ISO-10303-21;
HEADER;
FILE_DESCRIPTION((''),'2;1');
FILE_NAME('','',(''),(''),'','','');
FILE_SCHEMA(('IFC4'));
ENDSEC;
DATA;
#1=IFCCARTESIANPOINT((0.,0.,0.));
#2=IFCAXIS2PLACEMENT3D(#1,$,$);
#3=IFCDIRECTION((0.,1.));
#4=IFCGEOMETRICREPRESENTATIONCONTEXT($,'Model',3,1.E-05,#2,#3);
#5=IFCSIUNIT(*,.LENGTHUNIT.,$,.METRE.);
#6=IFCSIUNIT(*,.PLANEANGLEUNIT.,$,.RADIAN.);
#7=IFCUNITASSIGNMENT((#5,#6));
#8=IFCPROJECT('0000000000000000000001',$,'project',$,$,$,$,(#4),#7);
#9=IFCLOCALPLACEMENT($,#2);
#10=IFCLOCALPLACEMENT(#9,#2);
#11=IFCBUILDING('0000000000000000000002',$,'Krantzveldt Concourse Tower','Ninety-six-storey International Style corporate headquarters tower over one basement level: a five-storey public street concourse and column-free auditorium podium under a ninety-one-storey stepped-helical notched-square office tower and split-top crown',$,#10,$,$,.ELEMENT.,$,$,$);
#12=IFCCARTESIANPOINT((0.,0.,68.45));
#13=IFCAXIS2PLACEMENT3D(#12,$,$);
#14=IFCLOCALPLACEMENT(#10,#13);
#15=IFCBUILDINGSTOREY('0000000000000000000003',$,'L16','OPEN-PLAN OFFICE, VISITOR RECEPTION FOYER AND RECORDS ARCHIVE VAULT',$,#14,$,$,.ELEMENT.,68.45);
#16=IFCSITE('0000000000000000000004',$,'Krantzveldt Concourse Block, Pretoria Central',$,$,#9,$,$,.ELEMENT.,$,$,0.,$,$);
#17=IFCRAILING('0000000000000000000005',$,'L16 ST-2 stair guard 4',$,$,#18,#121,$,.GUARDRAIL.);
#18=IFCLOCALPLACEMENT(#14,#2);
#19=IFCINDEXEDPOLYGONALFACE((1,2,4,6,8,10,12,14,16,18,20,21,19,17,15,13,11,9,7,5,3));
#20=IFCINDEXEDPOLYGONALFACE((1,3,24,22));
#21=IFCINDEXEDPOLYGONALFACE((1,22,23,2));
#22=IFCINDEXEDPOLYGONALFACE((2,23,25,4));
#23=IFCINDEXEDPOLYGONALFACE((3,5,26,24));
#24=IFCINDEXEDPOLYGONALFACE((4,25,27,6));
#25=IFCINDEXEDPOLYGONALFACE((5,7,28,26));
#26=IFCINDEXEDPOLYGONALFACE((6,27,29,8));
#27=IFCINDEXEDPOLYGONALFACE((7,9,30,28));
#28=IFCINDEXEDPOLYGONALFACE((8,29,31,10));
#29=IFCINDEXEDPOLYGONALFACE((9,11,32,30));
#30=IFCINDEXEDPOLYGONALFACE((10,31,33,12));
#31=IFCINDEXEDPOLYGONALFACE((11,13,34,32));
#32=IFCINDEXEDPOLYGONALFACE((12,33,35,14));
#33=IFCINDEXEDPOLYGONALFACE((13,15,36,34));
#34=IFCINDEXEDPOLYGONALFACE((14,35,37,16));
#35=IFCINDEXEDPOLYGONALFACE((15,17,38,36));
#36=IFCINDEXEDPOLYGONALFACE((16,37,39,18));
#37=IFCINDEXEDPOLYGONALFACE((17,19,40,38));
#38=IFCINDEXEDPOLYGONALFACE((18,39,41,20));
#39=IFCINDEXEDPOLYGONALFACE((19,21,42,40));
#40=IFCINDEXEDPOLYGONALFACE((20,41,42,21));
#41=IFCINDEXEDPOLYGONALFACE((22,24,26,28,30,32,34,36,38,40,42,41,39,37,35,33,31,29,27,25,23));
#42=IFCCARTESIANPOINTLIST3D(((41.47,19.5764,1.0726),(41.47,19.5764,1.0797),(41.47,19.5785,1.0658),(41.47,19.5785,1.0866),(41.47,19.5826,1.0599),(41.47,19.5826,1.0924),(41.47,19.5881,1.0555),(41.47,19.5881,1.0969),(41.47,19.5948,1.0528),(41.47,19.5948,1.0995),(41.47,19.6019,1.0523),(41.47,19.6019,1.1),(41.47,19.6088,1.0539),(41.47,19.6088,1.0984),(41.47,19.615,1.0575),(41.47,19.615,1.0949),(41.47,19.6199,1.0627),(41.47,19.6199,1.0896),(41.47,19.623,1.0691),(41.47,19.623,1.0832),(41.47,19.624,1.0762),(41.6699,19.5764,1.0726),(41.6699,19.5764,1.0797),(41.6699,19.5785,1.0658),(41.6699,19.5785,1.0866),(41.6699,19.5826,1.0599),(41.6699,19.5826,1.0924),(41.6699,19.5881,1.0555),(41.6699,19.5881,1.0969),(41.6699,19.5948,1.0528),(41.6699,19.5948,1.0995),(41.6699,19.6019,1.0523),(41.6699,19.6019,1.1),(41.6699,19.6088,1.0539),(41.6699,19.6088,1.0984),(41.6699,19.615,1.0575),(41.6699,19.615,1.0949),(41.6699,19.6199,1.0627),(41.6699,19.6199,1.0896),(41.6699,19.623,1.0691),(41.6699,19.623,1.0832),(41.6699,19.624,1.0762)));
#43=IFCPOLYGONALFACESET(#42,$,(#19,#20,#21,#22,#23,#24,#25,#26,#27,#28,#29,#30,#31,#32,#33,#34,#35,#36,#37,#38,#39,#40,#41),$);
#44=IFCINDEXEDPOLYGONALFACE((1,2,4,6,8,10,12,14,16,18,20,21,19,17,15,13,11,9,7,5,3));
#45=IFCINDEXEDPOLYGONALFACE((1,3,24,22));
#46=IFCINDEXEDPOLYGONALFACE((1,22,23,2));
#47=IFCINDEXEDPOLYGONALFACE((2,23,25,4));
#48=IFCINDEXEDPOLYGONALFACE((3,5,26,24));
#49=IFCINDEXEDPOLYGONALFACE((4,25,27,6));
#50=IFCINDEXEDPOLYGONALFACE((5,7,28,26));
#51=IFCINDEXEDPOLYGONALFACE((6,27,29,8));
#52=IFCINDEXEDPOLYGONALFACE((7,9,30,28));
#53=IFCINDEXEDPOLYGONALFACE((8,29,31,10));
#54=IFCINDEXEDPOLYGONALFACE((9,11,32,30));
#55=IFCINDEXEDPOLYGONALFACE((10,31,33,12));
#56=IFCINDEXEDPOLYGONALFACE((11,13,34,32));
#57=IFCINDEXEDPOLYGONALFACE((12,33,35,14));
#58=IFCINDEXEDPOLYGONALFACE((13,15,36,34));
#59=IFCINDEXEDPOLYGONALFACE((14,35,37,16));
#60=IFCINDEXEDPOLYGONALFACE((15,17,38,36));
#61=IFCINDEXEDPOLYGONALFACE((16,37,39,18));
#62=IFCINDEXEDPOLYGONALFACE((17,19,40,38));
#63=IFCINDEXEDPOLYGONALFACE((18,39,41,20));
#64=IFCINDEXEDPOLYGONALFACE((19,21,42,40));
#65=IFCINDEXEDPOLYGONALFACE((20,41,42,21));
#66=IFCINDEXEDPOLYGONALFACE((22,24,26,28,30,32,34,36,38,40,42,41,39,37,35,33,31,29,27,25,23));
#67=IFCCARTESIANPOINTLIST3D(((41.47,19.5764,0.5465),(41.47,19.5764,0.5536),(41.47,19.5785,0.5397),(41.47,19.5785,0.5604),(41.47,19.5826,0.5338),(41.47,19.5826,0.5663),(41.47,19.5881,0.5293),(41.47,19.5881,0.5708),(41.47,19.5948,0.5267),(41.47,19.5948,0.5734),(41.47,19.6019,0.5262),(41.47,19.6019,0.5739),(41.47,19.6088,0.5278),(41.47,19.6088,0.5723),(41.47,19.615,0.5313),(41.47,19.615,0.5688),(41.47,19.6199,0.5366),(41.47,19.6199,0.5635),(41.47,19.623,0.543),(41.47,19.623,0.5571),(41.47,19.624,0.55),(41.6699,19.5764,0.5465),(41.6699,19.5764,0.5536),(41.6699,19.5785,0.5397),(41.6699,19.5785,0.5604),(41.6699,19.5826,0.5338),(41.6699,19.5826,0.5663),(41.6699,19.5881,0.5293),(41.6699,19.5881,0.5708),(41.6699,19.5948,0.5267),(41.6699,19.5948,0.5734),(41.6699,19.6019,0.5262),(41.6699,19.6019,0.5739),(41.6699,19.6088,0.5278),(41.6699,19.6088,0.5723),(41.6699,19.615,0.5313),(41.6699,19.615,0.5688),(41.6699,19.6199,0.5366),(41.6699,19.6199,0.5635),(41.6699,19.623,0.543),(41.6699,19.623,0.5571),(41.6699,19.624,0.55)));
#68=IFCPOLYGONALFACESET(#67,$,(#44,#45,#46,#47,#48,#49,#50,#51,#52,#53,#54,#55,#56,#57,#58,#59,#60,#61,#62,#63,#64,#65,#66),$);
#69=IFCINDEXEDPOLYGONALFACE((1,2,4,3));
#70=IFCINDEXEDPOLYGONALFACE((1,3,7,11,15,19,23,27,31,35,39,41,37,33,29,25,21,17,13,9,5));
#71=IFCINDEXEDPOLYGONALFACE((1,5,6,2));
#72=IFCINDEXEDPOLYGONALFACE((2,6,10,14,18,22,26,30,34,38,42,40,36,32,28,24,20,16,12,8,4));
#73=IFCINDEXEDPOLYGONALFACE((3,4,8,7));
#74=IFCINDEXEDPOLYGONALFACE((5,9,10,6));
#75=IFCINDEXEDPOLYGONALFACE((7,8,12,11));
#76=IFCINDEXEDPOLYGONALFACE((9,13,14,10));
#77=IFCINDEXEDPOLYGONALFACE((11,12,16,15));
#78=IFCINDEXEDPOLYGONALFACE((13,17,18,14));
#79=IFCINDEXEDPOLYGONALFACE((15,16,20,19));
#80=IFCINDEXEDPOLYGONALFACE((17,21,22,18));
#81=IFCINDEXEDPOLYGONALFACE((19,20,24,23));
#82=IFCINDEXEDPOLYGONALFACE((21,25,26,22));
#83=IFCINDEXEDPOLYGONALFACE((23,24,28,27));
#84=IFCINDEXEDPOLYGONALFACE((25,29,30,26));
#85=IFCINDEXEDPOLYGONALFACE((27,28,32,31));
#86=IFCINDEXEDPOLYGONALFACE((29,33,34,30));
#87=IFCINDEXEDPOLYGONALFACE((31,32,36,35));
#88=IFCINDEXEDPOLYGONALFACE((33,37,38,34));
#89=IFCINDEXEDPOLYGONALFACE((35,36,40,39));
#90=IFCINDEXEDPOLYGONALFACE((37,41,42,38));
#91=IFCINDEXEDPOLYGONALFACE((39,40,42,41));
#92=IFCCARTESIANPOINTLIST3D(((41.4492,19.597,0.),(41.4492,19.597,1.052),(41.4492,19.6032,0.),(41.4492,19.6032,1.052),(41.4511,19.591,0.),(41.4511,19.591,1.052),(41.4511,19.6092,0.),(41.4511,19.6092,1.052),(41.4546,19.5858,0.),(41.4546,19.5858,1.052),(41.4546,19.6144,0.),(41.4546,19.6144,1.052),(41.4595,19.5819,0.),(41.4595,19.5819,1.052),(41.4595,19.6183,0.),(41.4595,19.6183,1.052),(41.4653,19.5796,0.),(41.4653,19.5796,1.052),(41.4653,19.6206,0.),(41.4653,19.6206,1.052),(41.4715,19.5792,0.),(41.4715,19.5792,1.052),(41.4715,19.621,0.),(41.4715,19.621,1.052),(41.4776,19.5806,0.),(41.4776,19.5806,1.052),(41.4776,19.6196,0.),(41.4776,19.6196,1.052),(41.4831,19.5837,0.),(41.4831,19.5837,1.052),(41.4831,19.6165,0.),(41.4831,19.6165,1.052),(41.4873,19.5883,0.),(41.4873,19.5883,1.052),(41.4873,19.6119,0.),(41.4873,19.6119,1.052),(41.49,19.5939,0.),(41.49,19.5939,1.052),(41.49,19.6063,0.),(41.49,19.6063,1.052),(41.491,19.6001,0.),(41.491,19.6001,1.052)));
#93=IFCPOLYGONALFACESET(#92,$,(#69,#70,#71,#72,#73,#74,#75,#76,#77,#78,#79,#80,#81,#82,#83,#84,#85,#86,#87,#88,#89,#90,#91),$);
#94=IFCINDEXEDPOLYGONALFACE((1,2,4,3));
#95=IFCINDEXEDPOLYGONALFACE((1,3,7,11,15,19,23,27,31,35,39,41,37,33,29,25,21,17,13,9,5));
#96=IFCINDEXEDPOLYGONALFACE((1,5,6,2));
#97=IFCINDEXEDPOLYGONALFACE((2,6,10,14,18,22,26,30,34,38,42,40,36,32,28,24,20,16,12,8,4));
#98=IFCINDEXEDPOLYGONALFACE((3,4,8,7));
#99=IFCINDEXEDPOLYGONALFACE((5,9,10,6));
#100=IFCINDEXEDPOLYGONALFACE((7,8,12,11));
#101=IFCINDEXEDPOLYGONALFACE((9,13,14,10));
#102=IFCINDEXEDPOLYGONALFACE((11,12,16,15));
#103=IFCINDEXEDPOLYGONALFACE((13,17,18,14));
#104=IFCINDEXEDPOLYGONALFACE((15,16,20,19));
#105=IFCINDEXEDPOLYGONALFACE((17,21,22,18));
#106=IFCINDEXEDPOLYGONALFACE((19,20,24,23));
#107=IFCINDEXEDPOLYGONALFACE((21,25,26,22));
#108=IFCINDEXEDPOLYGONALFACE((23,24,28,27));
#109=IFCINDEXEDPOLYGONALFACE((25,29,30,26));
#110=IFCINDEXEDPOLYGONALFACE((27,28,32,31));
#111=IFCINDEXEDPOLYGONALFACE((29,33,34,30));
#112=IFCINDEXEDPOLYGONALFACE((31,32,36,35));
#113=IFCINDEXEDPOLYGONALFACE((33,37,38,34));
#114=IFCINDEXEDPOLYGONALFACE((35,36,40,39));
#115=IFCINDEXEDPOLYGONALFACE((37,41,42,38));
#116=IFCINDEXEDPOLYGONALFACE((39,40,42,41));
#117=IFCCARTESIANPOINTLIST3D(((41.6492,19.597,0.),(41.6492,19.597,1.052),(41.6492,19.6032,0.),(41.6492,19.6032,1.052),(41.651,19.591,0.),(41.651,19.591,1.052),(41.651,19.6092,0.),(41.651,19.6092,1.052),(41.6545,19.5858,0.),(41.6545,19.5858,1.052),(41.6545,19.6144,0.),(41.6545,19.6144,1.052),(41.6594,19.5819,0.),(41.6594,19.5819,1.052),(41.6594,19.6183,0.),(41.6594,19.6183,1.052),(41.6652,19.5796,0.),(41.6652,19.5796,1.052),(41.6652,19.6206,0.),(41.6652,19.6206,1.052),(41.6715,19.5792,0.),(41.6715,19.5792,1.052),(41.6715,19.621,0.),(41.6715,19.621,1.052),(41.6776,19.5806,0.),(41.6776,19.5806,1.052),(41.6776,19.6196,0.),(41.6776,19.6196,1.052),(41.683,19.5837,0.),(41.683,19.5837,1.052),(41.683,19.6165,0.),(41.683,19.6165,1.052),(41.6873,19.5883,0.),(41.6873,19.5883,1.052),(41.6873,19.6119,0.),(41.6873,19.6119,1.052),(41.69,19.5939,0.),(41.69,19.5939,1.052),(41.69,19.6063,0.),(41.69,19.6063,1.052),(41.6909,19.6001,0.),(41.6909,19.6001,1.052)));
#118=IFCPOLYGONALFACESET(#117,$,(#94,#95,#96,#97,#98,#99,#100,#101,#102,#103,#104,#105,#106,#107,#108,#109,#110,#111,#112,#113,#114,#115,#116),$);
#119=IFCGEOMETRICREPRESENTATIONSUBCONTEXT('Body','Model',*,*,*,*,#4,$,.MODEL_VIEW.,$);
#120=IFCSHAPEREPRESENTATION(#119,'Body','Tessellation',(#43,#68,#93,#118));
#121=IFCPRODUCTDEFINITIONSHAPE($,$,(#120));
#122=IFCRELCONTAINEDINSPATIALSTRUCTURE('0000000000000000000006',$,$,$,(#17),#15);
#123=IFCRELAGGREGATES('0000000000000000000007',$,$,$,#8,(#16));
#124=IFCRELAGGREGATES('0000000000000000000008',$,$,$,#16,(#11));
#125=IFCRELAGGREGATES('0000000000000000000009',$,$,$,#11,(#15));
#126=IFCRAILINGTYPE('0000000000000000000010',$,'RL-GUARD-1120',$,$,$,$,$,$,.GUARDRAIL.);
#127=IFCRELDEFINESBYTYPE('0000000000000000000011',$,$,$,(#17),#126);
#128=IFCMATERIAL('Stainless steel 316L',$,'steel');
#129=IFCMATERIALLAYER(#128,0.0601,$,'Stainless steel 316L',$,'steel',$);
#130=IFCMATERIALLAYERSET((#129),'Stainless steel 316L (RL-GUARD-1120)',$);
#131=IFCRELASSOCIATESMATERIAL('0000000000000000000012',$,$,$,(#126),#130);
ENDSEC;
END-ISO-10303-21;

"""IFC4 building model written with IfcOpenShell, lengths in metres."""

from ifc_helpers import new_model, si_unit, direction, frame, origin, origin_2d, place, context, subcontext, project, spatial, circle, extrude, material, layer, layer_set, type_object, element, save


model = new_model("IFC4")

# Units and contexts
model_context = context("Model", 3, precision=1e-05, world=origin(), true_north=direction((0.0, 1.0)))
body_context = subcontext(model_context, "Body", "Model", "MODEL_VIEW")
ifc_project = project(units=[si_unit("LENGTHUNIT", "METRE"), si_unit("PLANEANGLEUNIT", "RADIAN")], contexts=[model_context])

# Site, building, storey
site_placement = place(None, origin())
site = spatial("IfcSite", under=ifc_project, at=site_placement, Name="Krantzveldt Concourse Block, Pretoria Central", CompositionType="ELEMENT", RefElevation=0.0)
building_placement = place(site_placement, origin())
building = spatial("IfcBuilding", under=site, at=building_placement, Name="Krantzveldt Concourse Tower", Description="Ninety-six-storey International Style corporate headquarters tower over one basement level: a five-storey public street concourse and column-free auditorium podium under a ninety-one-storey stepped-helical notched-square office tower and split-top crown", CompositionType="ELEMENT")
storey_placement = place(building_placement, frame((0.0, 0.0, 68.45)))
storey = spatial("IfcBuildingStorey", under=building, at=storey_placement, Name="L16", Description="OPEN-PLAN OFFICE, VISITOR RECEPTION FOYER AND RECORDS ARCHIVE VAULT", CompositionType="ELEMENT", Elevation=68.45)

# Shared definitions
ifc_material_1 = material(Name="Stainless steel 316L", Category="steel")

# Railing
ifc_layer_1 = layer(ifc_material_1, 0.0601, Name="Stainless steel 316L", Category="steel")
ifc_layer_set_1 = layer_set([ifc_layer_1], Name="Stainless steel 316L (RL-GUARD-1120)")
railing_type_1 = type_object("IfcRailingType", Name="RL-GUARD-1120", PredefinedType="GUARDRAIL", material=ifc_layer_set_1)
railing_1_placement = place(storey_placement, frame((41.47, 19.6001, 0.0)))
element("IfcRailing", 1, at=railing_1_placement, inside=storey, type_object=railing_type_1, Name="L16 ST-2 stair guard 4", PredefinedType="GUARDRAIL", context=body_context, shape_type="SweptSolid", body=[
    extrude(circle(Radius=0.0239, at=origin_2d()), frame((0.0, 0.0, 1.0762), z_axis=(1.0, 0.0, 0.0), x_axis=(0.0, 1.0, 0.0)), (0.0, 0.0, 1.0), 0.2),
    extrude(circle(Radius=0.0239, at=origin_2d()), frame((0.0, 0.0, 0.55), z_axis=(1.0, 0.0, 0.0), x_axis=(0.0, 1.0, 0.0)), (0.0, 0.0, 1.0), 0.2),
    extrude(circle(Radius=0.021, at=origin_2d()), origin(), (0.0, 0.0, 1.0), 1.052),
    extrude(circle(Radius=0.021, at=origin_2d()), frame((0.2, 0.0, 0.0)), (0.0, 0.0, 1.0), 1.052),
])

save(model, "model.ifc")
